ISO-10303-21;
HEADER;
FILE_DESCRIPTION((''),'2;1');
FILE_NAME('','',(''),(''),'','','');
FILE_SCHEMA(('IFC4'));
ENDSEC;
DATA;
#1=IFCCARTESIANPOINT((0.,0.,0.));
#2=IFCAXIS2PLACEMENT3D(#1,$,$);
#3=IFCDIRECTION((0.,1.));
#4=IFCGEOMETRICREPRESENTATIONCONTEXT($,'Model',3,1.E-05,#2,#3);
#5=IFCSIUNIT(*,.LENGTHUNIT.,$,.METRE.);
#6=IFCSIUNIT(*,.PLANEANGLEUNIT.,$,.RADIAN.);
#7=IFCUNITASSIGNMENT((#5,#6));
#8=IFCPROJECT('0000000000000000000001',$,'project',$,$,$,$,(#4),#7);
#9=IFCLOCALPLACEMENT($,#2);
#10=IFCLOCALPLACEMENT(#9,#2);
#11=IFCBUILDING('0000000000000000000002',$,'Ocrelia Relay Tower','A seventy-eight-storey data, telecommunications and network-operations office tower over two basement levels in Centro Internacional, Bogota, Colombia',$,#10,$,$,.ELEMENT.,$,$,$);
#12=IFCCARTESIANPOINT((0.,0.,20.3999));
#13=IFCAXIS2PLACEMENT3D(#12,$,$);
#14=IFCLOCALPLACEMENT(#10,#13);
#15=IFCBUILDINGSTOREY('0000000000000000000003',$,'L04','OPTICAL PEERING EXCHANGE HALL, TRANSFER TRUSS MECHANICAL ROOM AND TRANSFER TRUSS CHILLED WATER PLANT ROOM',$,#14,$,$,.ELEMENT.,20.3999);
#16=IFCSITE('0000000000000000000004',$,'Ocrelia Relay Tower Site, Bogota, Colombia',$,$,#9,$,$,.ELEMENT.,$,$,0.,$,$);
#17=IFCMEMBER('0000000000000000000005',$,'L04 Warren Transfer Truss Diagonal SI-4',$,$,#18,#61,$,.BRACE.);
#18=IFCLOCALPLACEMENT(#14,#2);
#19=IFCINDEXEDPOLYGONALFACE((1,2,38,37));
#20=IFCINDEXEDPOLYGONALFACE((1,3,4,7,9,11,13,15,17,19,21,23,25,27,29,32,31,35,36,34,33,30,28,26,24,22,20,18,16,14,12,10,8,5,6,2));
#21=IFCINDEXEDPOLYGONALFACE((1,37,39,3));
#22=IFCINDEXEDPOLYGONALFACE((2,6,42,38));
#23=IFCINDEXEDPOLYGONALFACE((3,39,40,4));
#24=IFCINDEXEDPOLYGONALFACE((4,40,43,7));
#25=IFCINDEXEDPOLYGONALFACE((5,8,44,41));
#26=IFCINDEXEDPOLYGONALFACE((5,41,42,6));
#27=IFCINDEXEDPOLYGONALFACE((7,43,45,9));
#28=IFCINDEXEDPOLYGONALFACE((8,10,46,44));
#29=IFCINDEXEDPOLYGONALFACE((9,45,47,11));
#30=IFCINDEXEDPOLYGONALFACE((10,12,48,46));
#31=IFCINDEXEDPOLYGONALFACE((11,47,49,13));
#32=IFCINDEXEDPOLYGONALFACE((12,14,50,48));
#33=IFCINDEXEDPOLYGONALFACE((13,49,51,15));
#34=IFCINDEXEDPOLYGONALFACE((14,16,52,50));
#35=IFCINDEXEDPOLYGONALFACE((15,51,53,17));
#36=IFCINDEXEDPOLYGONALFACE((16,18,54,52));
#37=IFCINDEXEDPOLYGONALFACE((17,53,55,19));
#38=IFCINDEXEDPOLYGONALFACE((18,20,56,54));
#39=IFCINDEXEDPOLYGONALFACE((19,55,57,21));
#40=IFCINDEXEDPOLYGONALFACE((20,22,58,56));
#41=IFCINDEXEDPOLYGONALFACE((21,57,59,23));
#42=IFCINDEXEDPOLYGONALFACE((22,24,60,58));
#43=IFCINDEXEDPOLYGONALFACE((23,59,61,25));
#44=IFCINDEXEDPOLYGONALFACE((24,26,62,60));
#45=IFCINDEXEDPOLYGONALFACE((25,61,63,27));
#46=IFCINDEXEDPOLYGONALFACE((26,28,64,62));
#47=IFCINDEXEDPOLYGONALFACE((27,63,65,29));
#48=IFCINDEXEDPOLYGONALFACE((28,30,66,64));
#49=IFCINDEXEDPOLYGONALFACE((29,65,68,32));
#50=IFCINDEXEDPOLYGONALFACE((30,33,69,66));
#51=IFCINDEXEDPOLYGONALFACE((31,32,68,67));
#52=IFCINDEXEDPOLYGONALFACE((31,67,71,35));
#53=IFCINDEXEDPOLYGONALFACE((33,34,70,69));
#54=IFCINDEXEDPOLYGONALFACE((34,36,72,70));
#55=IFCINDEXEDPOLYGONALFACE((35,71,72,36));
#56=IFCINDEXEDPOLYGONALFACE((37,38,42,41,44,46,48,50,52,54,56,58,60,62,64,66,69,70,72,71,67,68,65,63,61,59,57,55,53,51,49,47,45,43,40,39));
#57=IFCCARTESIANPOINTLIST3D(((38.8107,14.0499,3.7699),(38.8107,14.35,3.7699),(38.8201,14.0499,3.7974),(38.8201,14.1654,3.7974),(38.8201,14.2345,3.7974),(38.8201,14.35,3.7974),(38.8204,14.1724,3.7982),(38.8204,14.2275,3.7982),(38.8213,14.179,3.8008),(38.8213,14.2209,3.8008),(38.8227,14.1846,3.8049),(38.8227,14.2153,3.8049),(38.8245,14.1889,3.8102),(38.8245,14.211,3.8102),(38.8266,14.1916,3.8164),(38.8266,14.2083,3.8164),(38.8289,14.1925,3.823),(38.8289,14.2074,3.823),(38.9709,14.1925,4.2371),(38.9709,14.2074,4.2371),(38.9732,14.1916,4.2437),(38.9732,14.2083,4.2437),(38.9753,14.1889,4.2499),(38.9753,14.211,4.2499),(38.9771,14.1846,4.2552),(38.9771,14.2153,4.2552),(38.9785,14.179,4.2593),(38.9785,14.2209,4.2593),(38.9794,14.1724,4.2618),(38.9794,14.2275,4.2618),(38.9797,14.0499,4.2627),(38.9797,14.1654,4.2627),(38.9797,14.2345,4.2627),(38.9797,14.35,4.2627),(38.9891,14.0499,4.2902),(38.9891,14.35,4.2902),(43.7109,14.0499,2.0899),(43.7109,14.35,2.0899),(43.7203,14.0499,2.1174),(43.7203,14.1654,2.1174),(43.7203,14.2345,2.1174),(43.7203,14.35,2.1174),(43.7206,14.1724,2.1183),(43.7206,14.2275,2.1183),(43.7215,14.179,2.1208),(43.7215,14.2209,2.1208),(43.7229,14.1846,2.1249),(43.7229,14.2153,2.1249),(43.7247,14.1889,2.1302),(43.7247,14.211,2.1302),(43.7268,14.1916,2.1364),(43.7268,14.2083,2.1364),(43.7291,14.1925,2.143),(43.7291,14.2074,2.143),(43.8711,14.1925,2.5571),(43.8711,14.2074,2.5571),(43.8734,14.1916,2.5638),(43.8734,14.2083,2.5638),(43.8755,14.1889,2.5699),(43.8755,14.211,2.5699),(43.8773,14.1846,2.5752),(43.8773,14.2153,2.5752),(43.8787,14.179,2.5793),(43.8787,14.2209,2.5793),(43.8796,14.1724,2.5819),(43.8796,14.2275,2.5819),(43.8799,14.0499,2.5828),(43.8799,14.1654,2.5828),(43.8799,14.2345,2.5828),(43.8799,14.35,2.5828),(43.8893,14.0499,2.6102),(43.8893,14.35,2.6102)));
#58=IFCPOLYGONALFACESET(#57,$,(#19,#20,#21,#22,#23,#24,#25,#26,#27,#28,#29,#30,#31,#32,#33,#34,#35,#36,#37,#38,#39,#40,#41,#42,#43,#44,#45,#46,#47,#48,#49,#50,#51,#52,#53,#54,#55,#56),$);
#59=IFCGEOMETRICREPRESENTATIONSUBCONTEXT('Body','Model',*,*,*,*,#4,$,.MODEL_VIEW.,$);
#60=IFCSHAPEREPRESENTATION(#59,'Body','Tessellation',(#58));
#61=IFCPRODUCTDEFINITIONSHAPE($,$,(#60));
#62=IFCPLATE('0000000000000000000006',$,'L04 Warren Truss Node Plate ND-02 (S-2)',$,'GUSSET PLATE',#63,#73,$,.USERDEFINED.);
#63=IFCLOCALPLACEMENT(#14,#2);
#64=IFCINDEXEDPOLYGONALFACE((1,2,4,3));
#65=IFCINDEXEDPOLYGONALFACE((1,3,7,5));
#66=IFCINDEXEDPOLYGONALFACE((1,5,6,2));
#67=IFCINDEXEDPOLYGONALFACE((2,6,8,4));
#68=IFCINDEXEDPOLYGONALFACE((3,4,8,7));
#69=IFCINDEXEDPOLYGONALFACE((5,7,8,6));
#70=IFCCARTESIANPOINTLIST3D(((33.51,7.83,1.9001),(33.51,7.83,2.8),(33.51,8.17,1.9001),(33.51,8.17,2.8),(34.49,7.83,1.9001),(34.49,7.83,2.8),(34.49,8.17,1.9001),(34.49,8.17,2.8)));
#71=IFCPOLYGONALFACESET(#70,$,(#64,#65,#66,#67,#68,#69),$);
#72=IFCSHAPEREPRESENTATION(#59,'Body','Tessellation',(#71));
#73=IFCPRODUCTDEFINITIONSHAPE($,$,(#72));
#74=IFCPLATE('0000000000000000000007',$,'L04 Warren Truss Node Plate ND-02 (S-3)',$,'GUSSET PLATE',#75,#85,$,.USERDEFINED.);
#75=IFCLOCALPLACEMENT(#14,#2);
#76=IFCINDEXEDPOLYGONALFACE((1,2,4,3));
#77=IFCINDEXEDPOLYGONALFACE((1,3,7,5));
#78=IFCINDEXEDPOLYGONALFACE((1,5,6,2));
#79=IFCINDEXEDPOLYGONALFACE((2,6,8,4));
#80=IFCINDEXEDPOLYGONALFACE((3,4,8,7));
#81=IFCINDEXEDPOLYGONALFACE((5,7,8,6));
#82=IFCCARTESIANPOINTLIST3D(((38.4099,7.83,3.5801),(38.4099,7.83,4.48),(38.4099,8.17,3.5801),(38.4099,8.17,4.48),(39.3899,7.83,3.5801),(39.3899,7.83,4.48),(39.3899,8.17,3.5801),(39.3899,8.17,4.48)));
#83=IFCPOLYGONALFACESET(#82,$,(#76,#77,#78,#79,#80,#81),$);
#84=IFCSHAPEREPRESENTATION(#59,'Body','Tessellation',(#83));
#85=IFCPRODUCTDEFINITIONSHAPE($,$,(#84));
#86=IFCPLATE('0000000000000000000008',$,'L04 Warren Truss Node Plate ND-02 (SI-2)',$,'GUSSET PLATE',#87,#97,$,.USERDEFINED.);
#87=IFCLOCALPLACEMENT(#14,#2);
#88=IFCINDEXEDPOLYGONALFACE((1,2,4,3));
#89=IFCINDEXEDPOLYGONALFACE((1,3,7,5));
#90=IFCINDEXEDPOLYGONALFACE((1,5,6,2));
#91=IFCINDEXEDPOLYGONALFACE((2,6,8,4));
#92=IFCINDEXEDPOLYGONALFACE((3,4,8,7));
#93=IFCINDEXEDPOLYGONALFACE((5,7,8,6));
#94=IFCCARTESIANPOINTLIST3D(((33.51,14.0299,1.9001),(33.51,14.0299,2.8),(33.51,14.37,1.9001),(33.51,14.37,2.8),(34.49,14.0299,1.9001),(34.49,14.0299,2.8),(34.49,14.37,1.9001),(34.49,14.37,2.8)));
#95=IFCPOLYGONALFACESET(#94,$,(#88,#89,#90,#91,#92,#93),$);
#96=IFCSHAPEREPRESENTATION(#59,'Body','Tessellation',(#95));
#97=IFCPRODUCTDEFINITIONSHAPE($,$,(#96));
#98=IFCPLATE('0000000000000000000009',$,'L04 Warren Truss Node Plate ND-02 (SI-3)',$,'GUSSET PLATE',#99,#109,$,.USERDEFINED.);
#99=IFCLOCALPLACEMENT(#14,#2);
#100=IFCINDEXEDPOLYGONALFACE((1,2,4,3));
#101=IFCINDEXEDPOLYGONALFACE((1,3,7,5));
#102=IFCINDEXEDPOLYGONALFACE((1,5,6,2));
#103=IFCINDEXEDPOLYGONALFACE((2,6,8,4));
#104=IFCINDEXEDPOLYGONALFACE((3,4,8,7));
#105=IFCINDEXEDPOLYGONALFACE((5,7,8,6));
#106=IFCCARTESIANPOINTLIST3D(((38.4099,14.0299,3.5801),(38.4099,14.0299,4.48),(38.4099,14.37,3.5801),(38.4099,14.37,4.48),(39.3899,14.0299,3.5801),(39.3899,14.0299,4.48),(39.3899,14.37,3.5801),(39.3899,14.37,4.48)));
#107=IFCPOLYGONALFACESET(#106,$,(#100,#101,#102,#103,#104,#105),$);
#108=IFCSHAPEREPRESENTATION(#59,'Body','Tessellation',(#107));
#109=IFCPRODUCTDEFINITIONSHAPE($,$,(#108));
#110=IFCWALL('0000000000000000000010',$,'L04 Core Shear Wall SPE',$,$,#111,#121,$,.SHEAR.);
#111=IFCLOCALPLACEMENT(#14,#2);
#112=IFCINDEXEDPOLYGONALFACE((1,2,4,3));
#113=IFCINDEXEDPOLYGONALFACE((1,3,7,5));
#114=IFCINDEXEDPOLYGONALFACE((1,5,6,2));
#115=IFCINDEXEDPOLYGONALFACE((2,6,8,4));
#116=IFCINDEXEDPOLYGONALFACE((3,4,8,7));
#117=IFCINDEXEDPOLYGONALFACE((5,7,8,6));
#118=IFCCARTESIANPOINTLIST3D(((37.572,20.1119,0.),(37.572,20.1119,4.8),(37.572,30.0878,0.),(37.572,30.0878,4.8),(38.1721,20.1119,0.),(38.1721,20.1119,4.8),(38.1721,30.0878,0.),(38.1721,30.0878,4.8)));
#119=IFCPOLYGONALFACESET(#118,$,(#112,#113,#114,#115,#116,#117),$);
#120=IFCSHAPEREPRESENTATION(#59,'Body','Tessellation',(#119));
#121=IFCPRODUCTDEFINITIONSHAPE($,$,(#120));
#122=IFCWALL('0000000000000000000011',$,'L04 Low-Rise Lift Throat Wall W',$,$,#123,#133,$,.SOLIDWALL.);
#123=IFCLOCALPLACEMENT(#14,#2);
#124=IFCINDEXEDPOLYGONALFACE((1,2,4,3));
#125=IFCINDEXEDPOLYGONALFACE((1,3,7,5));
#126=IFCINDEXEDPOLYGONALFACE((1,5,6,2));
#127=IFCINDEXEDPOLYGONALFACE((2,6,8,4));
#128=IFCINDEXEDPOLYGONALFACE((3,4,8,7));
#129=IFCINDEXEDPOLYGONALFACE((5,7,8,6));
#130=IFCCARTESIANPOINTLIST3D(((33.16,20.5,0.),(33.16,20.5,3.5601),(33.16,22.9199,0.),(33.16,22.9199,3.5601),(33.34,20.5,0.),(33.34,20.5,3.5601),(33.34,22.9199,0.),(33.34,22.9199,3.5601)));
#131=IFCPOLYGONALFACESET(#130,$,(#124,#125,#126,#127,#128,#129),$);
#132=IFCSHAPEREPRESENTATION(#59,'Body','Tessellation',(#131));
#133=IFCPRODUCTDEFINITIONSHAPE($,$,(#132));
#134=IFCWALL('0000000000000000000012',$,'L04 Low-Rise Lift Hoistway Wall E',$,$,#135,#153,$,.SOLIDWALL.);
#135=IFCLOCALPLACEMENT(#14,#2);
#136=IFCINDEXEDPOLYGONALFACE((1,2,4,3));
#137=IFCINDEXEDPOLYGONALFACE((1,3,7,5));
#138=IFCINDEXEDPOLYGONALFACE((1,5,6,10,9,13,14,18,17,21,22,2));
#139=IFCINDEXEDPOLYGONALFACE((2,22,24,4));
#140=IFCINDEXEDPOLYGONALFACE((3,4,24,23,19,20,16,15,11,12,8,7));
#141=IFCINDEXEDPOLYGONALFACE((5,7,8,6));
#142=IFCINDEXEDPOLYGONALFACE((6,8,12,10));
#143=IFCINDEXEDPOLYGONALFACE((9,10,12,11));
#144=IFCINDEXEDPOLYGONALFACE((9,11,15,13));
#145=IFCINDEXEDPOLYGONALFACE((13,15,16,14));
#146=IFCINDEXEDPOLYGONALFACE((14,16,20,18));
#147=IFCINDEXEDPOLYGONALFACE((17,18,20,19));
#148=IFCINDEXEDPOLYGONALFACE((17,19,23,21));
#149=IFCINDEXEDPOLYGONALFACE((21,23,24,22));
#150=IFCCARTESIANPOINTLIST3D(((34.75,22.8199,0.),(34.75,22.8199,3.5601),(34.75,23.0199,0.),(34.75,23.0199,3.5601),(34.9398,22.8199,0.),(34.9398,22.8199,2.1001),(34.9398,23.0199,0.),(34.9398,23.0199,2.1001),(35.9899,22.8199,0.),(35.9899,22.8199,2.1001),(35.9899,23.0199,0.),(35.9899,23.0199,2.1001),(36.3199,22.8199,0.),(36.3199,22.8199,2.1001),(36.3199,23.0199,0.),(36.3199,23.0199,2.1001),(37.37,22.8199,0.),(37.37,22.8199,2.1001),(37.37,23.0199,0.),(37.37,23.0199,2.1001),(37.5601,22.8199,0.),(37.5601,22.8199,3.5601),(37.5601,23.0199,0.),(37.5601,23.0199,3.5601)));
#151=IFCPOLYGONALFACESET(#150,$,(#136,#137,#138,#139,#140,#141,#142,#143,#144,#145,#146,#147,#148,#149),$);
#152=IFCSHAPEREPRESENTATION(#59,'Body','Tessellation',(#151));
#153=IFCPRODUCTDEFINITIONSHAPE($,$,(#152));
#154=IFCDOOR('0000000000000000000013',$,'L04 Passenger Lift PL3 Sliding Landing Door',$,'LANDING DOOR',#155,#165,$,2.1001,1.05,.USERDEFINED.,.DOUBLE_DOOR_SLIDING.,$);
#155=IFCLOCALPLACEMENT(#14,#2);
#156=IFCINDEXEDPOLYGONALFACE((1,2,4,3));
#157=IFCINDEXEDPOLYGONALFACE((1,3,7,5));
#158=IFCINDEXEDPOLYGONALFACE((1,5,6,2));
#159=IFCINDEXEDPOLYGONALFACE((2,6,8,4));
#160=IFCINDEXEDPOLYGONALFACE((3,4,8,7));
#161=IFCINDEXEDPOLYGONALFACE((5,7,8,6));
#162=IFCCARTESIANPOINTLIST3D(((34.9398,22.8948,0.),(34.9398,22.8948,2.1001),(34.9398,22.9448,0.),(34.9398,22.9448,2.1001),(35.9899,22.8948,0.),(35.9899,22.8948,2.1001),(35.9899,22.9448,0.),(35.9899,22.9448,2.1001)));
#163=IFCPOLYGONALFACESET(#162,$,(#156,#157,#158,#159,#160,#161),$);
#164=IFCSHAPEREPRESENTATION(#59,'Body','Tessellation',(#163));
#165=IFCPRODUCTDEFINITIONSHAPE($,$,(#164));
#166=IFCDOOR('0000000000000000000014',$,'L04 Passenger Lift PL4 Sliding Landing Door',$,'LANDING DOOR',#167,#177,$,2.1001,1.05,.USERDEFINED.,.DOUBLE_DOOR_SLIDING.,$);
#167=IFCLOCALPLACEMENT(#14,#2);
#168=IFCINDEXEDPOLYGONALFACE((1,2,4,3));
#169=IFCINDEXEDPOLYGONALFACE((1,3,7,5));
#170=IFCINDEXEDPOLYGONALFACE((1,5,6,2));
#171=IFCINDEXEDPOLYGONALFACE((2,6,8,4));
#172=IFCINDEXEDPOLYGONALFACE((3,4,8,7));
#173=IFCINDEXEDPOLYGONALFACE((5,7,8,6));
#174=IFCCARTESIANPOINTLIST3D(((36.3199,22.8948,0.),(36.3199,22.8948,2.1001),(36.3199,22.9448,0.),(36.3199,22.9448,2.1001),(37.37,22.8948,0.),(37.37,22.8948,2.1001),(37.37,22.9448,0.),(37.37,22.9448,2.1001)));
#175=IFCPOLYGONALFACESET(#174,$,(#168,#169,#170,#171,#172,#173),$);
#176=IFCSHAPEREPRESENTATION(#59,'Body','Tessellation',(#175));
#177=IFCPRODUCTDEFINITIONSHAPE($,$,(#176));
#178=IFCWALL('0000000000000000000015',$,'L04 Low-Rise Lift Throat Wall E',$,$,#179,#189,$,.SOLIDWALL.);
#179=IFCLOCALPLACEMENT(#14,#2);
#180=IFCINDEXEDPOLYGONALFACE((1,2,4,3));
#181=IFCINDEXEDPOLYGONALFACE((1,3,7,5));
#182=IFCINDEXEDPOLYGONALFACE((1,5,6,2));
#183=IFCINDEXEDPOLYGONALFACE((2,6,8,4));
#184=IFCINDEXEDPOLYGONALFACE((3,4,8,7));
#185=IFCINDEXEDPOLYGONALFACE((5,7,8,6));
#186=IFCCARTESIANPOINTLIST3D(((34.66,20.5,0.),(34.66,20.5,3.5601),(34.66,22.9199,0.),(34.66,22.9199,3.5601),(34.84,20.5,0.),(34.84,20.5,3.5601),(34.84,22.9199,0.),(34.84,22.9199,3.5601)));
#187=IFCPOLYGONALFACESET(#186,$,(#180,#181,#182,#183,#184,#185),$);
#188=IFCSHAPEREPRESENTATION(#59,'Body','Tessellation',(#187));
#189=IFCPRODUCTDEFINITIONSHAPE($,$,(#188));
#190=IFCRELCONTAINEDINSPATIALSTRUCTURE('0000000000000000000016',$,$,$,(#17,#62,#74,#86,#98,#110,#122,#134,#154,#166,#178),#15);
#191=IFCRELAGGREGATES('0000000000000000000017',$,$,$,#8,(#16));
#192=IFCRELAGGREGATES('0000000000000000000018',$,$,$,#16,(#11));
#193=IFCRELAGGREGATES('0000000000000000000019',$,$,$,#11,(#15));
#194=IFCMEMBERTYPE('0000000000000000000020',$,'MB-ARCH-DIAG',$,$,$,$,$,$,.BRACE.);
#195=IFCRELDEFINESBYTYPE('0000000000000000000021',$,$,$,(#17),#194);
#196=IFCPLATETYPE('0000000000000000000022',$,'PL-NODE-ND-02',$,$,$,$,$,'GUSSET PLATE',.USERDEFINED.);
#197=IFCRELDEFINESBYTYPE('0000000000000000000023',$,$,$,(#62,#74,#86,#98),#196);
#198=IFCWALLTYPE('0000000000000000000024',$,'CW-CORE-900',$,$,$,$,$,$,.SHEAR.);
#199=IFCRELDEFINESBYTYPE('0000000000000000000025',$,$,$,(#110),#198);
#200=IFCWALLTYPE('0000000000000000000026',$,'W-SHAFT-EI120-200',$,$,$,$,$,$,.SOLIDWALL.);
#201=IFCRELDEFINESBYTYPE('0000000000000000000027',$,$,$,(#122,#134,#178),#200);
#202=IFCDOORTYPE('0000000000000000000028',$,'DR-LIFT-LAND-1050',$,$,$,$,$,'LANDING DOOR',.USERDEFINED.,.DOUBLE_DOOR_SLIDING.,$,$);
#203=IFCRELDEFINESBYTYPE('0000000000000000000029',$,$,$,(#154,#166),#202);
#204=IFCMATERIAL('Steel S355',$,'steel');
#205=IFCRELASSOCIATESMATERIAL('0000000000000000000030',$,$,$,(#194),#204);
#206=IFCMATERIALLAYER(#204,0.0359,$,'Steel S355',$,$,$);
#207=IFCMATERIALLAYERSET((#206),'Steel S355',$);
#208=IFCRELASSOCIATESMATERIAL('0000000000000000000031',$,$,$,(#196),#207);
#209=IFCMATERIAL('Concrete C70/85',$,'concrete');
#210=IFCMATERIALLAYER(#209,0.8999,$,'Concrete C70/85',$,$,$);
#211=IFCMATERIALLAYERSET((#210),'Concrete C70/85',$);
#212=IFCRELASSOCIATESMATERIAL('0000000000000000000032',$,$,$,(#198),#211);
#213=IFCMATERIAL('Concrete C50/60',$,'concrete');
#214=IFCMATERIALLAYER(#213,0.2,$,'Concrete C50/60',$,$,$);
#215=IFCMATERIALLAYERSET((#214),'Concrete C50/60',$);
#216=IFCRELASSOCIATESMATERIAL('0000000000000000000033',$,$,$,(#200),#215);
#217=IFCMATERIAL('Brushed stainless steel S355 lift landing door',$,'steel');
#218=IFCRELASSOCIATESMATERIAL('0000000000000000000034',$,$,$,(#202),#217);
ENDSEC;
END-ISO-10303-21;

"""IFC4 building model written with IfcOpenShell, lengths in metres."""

from ifc_helpers import new_model, si_unit, direction, frame, frame_2d, origin, origin_2d, place, context, subcontext, project, spatial, rectangle, i_section, extrude, material, layer, layer_set, material_profile, profile_set, type_object, element, fill, save


model = new_model("IFC4")

# Units and contexts
model_context = context("Model", 3, precision=1e-05, world=origin(), true_north=direction((0.0, 1.0)))
body_context = subcontext(model_context, "Body", "Model", "MODEL_VIEW")
ifc_project = project(units=[si_unit("LENGTHUNIT", "METRE"), si_unit("PLANEANGLEUNIT", "RADIAN")], contexts=[model_context])

# Site, building, storey
site_placement = place(None, origin())
site = spatial("IfcSite", under=ifc_project, at=site_placement, Name="Ocrelia Relay Tower Site, Bogota, Colombia", CompositionType="ELEMENT", RefElevation=0.0)
building_placement = place(site_placement, origin())
building = spatial("IfcBuilding", under=site, at=building_placement, Name="Ocrelia Relay Tower", Description="A seventy-eight-storey data, telecommunications and network-operations office tower over two basement levels in Centro Internacional, Bogota, Colombia", CompositionType="ELEMENT")
storey_placement = place(building_placement, frame((0.0, 0.0, 20.3999)))
storey = spatial("IfcBuildingStorey", under=building, at=storey_placement, Name="L04", Description="OPTICAL PEERING EXCHANGE HALL, TRANSFER TRUSS MECHANICAL ROOM AND TRANSFER TRUSS CHILLED WATER PLANT ROOM", CompositionType="ELEMENT", Elevation=20.3999)

# Shared definitions
ifc_material_1 = material(Name="Concrete C70/85", Category="concrete")

# Member
ifc_material_2 = material(Name="Steel S355", Category="steel")
ifc_material_profile_1 = material_profile(ifc_material_2, i_section(OverallWidth=0.3, OverallDepth=0.55, WebThickness=0.0149, FlangeThickness=0.0291, FilletRadius=0.0271, at=origin_2d()), Name="HEB 550")
ifc_profile_set_1 = profile_set([ifc_material_profile_1], Name="Steel S355")
member_type = type_object("IfcMemberType", Name="MB-ARCH-DIAG", PredefinedType="BRACE", material=ifc_profile_set_1)
member_1_placement = place(storey_placement, frame((38.8999, 14.2, 4.03), z_axis=(0.945953, 0.0, -0.324304), x_axis=(0.0, 1.0, 0.0)))
element("IfcMember", 1, at=member_1_placement, inside=storey, type_object=member_type, Name="L04 Warren Transfer Truss Diagonal SI-4", PredefinedType="BRACE", context=body_context, shape_type="SweptSolid", body=[
    extrude(i_section(OverallWidth=0.3, OverallDepth=0.55, WebThickness=0.0149, FlangeThickness=0.0291, FilletRadius=0.0271, at=origin_2d()), origin(), (0.0, 0.0, 1.0), 5.1802),
])

# Plates
ifc_layer_1 = layer(ifc_material_2, 0.0359, Name="Steel S355")
ifc_layer_set_1 = layer_set([ifc_layer_1], Name="Steel S355")
plate_type = type_object("IfcPlateType", Name="PL-NODE-ND-02", ElementType="GUSSET PLATE", PredefinedType="USERDEFINED", material=ifc_layer_set_1)
for number, where, z_axis, x_axis, name in (
    (2, (34.0, 8.0, 1.9001), (0.0, 0.0, 1.0), (1.0, 0.0, 0.0), "L04 Warren Truss Node Plate ND-02 (S-2)"),
    (3, (38.8999, 8.0, 3.5801), (0.0, 0.0, 1.0), (1.0, 0.0, 0.0), "L04 Warren Truss Node Plate ND-02 (S-3)"),
    (4, (34.0, 14.2, 1.9001), (0.0, 0.0, 1.0), (1.0, 0.0, 0.0), "L04 Warren Truss Node Plate ND-02 (SI-2)"),
    (5, (38.8999, 14.2, 3.5801), (0.0, 0.0, 1.0), (1.0, 0.0, 0.0), "L04 Warren Truss Node Plate ND-02 (SI-3)"),
):
    element("IfcPlate", number, at=place(storey_placement, frame(where, z_axis=z_axis, x_axis=x_axis)), inside=storey, type_object=plate_type, Name=name, ObjectType="GUSSET PLATE", PredefinedType="USERDEFINED", context=body_context, shape_type="SweptSolid", body=[
        extrude(rectangle(XDim=0.98, YDim=0.3401, at=origin_2d()), origin(), (0.0, 0.0, 1.0), 0.8999),
    ])

# Walls
ifc_layer_2 = layer(ifc_material_1, 0.8999, Name="Concrete C70/85")
ifc_layer_set_2 = layer_set([ifc_layer_2], Name="Concrete C70/85")
wall_type_1 = type_object("IfcWallType", Name="CW-CORE-900", PredefinedType="SHEAR", material=ifc_layer_set_2)
wall_1_placement = place(storey_placement, frame((37.8721, 20.1121, 0.0), z_axis=(0.0, 0.0, 1.0), x_axis=(0.0, 1.0, 0.0)))
element("IfcWall", 6, at=wall_1_placement, inside=storey, type_object=wall_type_1, Name="L04 Core Shear Wall SPE", PredefinedType="SHEAR", context=body_context, shape_type="SweptSolid", body=[
    extrude(rectangle(XDim=9.9758, YDim=0.6001, at=frame_2d((4.9878, 0.0))), origin(), (0.0, 0.0, 1.0), 4.8),
])
ifc_material_3 = material(Name="Concrete C50/60", Category="concrete")
ifc_layer_3 = layer(ifc_material_3, 0.2, Name="Concrete C50/60")
ifc_layer_set_3 = layer_set([ifc_layer_3], Name="Concrete C50/60")
wall_type_2 = type_object("IfcWallType", Name="W-SHAFT-EI120-200", PredefinedType="SOLIDWALL", material=ifc_layer_set_3)
wall_2_placement = place(storey_placement, frame((33.25, 20.5, 0.0), z_axis=(0.0, 0.0, 1.0), x_axis=(0.0, 1.0, 0.0)))
element("IfcWall", 7, at=wall_2_placement, inside=storey, type_object=wall_type_2, Name="L04 Low-Rise Lift Throat Wall W", PredefinedType="SOLIDWALL", context=body_context, shape_type="SweptSolid", body=[
    extrude(rectangle(XDim=2.4199, YDim=0.1799, at=frame_2d((1.21, 0.0))), origin(), (0.0, 0.0, 1.0), 3.5601),
])

# Wall, openings, doors
wall_3_placement = place(storey_placement, frame((34.75, 22.9199, 0.0), z_axis=(0.0, 0.0, 1.0), x_axis=(1.0, 0.0, 0.0)))
wall_3 = element("IfcWall", 8, at=wall_3_placement, inside=storey, type_object=wall_type_2, Name="L04 Low-Rise Lift Hoistway Wall E", PredefinedType="SOLIDWALL", context=body_context, shape_type="SweptSolid", body=[
    extrude(rectangle(XDim=2.8101, YDim=0.2, at=frame_2d((1.405, 0.0))), origin(), (0.0, 0.0, 1.0), 3.5601),
])
opening_1_placement = place(wall_3_placement, frame((0.1899, 0.0, 0.0)))
opening_1 = element("IfcOpeningElement", 9, at=opening_1_placement, cuts=wall_3, PredefinedType="OPENING", context=body_context, shape_type="SweptSolid", body=[
    extrude(rectangle(XDim=1.05, YDim=2.1001, at=frame_2d((0.5249, 1.05))), frame((0.0, 0.1099, 0.0), z_axis=(0.0, -1.0, 0.0), x_axis=(1.0, 0.0, 0.0)), (0.0, 0.0, 1.0), 0.22),
])
opening_2_placement = place(wall_3_placement, frame((1.5701, 0.0, 0.0)))
opening_2 = element("IfcOpeningElement", 10, at=opening_2_placement, cuts=wall_3, PredefinedType="OPENING", context=body_context, shape_type="SweptSolid", body=[
    extrude(rectangle(XDim=1.05, YDim=2.1001, at=frame_2d((0.5249, 1.05))), frame((0.0, 0.1099, 0.0), z_axis=(0.0, -1.0, 0.0), x_axis=(1.0, 0.0, 0.0)), (0.0, 0.0, 1.0), 0.22),
])
ifc_material_4 = material(Name="Brushed stainless steel S355 lift landing door", Category="steel")
door_type = type_object("IfcDoorType", Name="DR-LIFT-LAND-1050", ElementType="LANDING DOOR", OperationType="DOUBLE_DOOR_SLIDING", PredefinedType="USERDEFINED", material=ifc_material_4)
door_1_placement = place(opening_1_placement, origin())
door_1 = element("IfcDoor", 11, at=door_1_placement, inside=storey, type_object=door_type, Name="L04 Passenger Lift PL3 Sliding Landing Door", ObjectType="LANDING DOOR", OperationType="DOUBLE_DOOR_SLIDING", OverallHeight=2.1001, OverallWidth=1.05, PredefinedType="USERDEFINED", context=body_context, shape_type="SweptSolid", body=[
    extrude(rectangle(XDim=1.05, YDim=2.1001, at=frame_2d((0.5249, 1.05))), frame((0.0, 0.0249, 0.0), z_axis=(0.0, -1.0, 0.0), x_axis=(1.0, 0.0, 0.0)), (0.0, 0.0, 1.0), 0.05),
])
fill(opening_1, door_1)
door_2_placement = place(opening_2_placement, origin())
door_2 = element("IfcDoor", 12, at=door_2_placement, inside=storey, type_object=door_type, Name="L04 Passenger Lift PL4 Sliding Landing Door", ObjectType="LANDING DOOR", OperationType="DOUBLE_DOOR_SLIDING", OverallHeight=2.1001, OverallWidth=1.05, PredefinedType="USERDEFINED", context=body_context, shape_type="SweptSolid", body=[
    extrude(rectangle(XDim=1.05, YDim=2.1001, at=frame_2d((0.5249, 1.05))), frame((0.0, 0.0249, 0.0), z_axis=(0.0, -1.0, 0.0), x_axis=(1.0, 0.0, 0.0)), (0.0, 0.0, 1.0), 0.05),
])
fill(opening_2, door_2)

# Wall
wall_4_placement = place(storey_placement, frame((34.75, 20.5, 0.0), z_axis=(0.0, 0.0, 1.0), x_axis=(0.0, 1.0, 0.0)))
element("IfcWall", 13, at=wall_4_placement, inside=storey, type_object=wall_type_2, Name="L04 Low-Rise Lift Throat Wall E", PredefinedType="SOLIDWALL", context=body_context, shape_type="SweptSolid", body=[
    extrude(rectangle(XDim=2.4199, YDim=0.1799, at=frame_2d((1.21, 0.0))), origin(), (0.0, 0.0, 1.0), 3.5601),
])

save(model, "model.ifc")
